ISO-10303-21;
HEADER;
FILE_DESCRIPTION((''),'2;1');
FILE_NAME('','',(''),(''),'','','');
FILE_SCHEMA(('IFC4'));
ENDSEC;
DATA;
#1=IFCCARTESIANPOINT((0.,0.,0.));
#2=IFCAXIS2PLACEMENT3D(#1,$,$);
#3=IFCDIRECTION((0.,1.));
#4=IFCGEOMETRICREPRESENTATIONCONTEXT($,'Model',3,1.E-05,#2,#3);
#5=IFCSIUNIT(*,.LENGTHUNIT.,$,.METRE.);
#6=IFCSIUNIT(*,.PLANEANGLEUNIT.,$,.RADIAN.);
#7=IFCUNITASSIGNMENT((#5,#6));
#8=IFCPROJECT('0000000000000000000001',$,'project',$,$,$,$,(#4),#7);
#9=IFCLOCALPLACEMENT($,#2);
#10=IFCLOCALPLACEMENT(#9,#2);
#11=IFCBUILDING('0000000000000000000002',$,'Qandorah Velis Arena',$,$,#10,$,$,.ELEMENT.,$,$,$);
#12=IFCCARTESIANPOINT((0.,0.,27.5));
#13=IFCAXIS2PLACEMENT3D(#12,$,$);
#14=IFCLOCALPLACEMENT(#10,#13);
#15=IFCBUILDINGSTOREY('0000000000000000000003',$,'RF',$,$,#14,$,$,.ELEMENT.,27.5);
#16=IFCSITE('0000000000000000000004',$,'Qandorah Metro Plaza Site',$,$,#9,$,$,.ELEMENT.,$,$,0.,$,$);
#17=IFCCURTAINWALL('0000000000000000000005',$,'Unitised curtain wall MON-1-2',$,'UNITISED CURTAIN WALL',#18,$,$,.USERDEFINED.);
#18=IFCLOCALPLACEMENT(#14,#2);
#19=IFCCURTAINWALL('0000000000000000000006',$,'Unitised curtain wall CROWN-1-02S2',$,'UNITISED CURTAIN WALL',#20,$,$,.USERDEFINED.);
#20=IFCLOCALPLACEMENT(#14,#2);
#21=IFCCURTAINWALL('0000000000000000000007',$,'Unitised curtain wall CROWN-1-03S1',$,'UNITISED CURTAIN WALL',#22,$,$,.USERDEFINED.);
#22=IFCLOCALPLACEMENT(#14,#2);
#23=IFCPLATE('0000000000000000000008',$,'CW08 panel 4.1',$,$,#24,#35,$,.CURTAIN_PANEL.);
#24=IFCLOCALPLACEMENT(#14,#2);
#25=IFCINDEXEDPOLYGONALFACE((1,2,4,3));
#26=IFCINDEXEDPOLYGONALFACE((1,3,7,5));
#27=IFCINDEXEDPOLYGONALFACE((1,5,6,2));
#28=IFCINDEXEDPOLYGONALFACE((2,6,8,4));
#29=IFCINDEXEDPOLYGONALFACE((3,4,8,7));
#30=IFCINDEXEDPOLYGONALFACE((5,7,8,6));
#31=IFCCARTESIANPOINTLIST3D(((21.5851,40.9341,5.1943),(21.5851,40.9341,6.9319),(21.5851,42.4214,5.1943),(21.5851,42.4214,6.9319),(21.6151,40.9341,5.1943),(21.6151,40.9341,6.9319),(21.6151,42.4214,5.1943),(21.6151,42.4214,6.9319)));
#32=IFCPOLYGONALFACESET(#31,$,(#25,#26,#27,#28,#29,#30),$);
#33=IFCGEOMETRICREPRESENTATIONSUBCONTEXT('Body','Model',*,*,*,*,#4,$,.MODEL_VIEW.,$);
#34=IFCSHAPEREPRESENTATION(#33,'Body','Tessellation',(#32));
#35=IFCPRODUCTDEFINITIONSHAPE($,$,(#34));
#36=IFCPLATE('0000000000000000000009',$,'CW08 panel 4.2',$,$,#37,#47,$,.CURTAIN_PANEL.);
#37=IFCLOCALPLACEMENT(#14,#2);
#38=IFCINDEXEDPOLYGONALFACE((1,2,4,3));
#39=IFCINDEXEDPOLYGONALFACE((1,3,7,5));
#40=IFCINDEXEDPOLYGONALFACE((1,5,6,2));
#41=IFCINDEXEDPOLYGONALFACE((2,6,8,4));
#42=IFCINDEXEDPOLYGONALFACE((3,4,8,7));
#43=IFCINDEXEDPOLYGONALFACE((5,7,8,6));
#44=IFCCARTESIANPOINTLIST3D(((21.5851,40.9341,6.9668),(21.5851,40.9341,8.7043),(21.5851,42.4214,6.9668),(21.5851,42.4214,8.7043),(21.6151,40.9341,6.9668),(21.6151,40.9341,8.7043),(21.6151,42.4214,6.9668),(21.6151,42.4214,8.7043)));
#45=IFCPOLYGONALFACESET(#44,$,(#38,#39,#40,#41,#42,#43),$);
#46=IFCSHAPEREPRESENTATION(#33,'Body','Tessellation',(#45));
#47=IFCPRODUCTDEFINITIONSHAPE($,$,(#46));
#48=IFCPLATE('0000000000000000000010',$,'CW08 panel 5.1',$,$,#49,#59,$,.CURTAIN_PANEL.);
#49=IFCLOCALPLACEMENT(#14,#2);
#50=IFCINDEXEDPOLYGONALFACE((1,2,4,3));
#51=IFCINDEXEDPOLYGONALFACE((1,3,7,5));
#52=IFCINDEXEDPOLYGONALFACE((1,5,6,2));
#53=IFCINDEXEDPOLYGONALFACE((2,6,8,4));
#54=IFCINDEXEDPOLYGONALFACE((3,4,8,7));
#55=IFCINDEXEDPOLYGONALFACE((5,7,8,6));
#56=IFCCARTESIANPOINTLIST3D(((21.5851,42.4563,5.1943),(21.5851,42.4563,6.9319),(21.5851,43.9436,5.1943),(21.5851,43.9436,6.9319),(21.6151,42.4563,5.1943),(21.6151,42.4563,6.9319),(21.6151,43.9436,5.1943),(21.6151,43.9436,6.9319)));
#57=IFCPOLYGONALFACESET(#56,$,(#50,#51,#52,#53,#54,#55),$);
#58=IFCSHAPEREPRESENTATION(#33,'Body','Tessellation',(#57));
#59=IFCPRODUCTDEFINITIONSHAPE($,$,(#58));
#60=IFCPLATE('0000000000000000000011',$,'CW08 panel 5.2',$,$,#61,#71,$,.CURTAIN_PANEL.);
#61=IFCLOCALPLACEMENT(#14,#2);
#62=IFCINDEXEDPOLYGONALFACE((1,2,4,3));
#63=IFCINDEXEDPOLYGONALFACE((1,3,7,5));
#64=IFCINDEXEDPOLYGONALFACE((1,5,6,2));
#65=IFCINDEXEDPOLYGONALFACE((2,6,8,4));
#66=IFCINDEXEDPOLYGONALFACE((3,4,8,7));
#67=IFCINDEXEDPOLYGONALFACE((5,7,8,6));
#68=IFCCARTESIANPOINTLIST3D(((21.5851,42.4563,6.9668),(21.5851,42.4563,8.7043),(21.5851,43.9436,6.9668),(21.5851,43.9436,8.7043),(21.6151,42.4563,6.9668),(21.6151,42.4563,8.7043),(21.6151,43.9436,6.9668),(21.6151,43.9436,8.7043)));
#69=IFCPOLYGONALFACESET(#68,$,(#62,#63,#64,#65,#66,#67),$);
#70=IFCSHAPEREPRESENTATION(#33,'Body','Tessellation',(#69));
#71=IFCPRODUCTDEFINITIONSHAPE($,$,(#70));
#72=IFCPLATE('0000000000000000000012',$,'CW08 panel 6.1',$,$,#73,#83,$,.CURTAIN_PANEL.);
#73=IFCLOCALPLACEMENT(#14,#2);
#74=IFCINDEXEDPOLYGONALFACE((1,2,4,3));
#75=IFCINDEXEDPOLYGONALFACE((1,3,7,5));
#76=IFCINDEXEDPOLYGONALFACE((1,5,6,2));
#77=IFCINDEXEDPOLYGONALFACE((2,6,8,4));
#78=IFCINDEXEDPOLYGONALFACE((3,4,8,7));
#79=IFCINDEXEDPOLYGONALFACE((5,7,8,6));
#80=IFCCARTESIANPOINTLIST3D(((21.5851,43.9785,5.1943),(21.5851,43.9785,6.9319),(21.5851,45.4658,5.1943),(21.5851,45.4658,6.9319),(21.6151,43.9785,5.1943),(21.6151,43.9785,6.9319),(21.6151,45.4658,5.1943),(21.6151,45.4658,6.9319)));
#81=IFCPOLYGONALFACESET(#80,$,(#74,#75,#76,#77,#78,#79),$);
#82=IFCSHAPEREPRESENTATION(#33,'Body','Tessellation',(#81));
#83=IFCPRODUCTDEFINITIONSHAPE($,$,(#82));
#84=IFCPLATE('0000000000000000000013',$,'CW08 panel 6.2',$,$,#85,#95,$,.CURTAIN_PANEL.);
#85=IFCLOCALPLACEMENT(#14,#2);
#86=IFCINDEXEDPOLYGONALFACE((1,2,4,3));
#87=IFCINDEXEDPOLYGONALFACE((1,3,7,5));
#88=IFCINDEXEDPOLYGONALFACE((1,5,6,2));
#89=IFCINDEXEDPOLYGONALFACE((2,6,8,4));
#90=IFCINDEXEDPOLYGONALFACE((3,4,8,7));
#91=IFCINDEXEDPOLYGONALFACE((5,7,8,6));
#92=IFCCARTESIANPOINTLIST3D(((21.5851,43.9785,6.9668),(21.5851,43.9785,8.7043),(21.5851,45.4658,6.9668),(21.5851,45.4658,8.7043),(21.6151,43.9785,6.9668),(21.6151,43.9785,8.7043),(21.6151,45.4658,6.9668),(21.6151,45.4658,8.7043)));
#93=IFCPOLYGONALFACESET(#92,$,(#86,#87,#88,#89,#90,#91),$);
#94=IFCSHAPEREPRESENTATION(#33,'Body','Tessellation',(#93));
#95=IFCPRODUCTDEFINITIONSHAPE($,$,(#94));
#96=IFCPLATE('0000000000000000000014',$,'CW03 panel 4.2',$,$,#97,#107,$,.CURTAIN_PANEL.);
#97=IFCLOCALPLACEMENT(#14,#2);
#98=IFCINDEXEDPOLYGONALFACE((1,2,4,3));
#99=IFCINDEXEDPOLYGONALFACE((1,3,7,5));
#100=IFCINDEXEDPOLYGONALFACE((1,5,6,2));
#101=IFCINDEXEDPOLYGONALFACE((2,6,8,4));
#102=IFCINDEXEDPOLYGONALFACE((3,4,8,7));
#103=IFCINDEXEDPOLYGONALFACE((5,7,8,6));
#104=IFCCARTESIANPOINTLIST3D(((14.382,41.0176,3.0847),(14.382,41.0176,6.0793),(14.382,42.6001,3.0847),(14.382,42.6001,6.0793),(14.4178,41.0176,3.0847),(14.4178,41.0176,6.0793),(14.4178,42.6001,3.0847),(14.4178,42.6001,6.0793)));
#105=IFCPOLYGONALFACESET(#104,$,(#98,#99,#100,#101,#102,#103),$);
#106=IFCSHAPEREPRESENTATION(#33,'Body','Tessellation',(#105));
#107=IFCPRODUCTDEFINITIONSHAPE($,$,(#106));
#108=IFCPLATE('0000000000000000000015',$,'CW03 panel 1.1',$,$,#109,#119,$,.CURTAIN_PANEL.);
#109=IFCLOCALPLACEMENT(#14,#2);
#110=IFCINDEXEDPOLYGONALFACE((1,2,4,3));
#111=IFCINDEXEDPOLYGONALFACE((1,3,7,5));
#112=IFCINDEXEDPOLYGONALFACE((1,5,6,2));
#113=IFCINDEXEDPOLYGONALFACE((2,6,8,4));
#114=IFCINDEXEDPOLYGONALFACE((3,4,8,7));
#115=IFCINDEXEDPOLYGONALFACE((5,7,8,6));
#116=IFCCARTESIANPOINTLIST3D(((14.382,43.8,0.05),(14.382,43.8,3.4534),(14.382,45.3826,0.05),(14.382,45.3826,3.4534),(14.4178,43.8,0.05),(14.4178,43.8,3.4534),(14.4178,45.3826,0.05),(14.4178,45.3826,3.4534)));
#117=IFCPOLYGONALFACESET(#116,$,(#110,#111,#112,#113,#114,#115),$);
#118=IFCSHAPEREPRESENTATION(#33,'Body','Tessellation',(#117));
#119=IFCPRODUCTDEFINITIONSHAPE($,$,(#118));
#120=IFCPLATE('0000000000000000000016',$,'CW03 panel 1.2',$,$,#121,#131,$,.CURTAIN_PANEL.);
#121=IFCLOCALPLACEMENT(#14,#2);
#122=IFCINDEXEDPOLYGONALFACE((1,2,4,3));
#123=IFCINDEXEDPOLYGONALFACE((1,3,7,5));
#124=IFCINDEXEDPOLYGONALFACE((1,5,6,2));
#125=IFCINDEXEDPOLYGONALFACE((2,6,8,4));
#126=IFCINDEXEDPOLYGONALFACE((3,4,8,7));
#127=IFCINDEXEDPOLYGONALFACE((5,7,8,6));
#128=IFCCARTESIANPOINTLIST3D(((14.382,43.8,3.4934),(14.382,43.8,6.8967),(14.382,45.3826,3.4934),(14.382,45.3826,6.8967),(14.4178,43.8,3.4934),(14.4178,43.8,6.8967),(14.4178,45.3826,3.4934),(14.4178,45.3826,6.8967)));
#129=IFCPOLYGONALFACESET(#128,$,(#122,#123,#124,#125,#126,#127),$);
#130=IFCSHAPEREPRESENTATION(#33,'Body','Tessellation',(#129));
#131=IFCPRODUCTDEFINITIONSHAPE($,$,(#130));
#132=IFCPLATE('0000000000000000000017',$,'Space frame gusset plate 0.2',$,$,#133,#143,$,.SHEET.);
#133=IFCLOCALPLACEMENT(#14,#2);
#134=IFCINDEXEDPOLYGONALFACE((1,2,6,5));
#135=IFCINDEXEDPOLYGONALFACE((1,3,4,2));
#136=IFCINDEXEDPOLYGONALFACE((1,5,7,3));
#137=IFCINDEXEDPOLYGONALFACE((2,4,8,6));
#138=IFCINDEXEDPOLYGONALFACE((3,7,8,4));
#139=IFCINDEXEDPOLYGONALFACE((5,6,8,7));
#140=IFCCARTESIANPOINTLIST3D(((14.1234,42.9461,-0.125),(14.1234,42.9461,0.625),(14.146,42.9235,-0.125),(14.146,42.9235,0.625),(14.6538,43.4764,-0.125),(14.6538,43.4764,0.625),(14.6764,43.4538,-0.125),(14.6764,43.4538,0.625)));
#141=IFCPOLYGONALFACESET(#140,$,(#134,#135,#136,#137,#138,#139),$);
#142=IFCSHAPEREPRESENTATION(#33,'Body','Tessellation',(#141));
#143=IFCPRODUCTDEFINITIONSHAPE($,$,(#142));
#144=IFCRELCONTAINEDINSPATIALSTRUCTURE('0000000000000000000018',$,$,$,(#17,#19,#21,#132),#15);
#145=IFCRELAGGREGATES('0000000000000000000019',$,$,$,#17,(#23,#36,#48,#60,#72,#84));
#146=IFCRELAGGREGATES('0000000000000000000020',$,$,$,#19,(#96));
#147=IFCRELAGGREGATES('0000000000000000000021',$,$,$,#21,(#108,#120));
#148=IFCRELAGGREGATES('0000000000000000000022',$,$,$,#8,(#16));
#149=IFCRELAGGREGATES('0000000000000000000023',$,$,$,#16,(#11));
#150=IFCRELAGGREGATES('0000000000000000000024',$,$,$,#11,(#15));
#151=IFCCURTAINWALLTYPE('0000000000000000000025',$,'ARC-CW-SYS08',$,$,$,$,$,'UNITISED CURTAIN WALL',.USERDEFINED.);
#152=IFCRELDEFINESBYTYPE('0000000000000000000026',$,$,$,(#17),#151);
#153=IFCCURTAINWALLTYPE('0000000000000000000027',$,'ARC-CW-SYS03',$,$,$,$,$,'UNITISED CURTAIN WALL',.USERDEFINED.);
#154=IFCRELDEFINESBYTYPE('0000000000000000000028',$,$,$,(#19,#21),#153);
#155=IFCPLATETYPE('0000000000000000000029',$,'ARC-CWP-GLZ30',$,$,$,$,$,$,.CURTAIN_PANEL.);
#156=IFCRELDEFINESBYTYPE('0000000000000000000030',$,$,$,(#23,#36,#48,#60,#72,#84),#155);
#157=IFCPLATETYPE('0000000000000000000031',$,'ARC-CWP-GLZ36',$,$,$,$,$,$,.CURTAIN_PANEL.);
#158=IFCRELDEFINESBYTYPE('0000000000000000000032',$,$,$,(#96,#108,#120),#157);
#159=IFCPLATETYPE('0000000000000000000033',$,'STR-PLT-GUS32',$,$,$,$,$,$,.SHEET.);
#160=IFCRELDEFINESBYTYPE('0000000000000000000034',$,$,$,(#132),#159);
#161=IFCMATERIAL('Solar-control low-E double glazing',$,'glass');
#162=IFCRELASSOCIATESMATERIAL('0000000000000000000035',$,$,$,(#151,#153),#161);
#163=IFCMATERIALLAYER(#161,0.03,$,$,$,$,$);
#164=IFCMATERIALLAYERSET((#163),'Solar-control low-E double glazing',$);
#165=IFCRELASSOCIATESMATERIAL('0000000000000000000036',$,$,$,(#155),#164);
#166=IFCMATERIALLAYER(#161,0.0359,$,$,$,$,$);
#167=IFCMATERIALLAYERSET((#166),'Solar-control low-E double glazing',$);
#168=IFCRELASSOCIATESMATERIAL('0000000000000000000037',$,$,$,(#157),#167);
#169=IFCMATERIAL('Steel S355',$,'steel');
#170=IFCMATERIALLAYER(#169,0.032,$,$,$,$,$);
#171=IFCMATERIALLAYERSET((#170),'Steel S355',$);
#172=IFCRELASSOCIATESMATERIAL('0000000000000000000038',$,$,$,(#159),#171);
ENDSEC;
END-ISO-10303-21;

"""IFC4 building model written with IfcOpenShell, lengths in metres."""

from ifc_helpers import new_model, si_unit, direction, frame, origin, origin_2d, place, context, subcontext, project, spatial, rectangle, extrude, material, layer, layer_set, type_object, element, aggregate, save


model = new_model("IFC4")

# Units and contexts
model_context = context("Model", 3, precision=1e-05, world=origin(), true_north=direction((0.0, 1.0)))
body_context = subcontext(model_context, "Body", "Model", "MODEL_VIEW")
ifc_project = project(units=[si_unit("LENGTHUNIT", "METRE"), si_unit("PLANEANGLEUNIT", "RADIAN")], contexts=[model_context])

# Site, building, storey
site_placement = place(None, origin())
site = spatial("IfcSite", under=ifc_project, at=site_placement, Name="Qandorah Metro Plaza Site", CompositionType="ELEMENT", RefElevation=0.0)
building_placement = place(site_placement, origin())
building = spatial("IfcBuilding", under=site, at=building_placement, Name="Qandorah Velis Arena", CompositionType="ELEMENT")
storey_placement = place(building_placement, frame((0.0, 0.0, 27.5)))
storey = spatial("IfcBuildingStorey", under=building, at=storey_placement, Name="RF", CompositionType="ELEMENT", Elevation=27.5)

# Curtain wall
ifc_material_1 = material(Name="Solar-control low-E double glazing", Category="glass")
curtain_wall_type_1 = type_object("IfcCurtainWallType", Name="ARC-CW-SYS08", ElementType="UNITISED CURTAIN WALL", PredefinedType="USERDEFINED", material=ifc_material_1)
curtain_wall_1_placement = place(storey_placement, origin())
curtain_wall_1 = element("IfcCurtainWall", 1, at=curtain_wall_1_placement, inside=storey, type_object=curtain_wall_type_1, Name="Unitised curtain wall MON-1-2", ObjectType="UNITISED CURTAIN WALL", PredefinedType="USERDEFINED")

# Curtain wall
curtain_wall_type_2 = type_object("IfcCurtainWallType", Name="ARC-CW-SYS03", ElementType="UNITISED CURTAIN WALL", PredefinedType="USERDEFINED", material=ifc_material_1)
curtain_wall_2_placement = place(storey_placement, origin())
curtain_wall_2 = element("IfcCurtainWall", 2, at=curtain_wall_2_placement, inside=storey, type_object=curtain_wall_type_2, Name="Unitised curtain wall CROWN-1-02S2", ObjectType="UNITISED CURTAIN WALL", PredefinedType="USERDEFINED")

# Curtain wall
curtain_wall_3_placement = place(storey_placement, origin())
curtain_wall_3 = element("IfcCurtainWall", 3, at=curtain_wall_3_placement, inside=storey, type_object=curtain_wall_type_2, Name="Unitised curtain wall CROWN-1-03S1", ObjectType="UNITISED CURTAIN WALL", PredefinedType="USERDEFINED")

# Shared definitions
ifc_material_2 = material(Name="Steel S355", Category="steel")

# Plates
ifc_layer_1 = layer(ifc_material_1, 0.03)
ifc_layer_set_1 = layer_set([ifc_layer_1], Name="Solar-control low-E double glazing")
plate_type_1 = type_object("IfcPlateType", Name="ARC-CWP-GLZ30", PredefinedType="CURTAIN_PANEL", material=ifc_layer_set_1)
plate_1_placement = place(storey_placement, frame((21.6001, 41.6777, 5.1943), z_axis=(0.0, 0.0, 1.0), x_axis=(0.0, 1.0, 0.0)))
plate_1 = element("IfcPlate", 4, at=plate_1_placement, type_object=plate_type_1, Name="CW08 panel 4.1", PredefinedType="CURTAIN_PANEL", context=body_context, shape_type="SweptSolid", body=[
    extrude(rectangle(XDim=1.4873, YDim=0.03, at=origin_2d()), origin(), (0.0, 0.0, 1.0), 1.7375),
])
plate_2_placement = place(storey_placement, frame((21.6001, 41.6777, 6.9668), z_axis=(0.0, 0.0, 1.0), x_axis=(0.0, 1.0, 0.0)))
plate_2 = element("IfcPlate", 5, at=plate_2_placement, type_object=plate_type_1, Name="CW08 panel 4.2", PredefinedType="CURTAIN_PANEL", context=body_context, shape_type="SweptSolid", body=[
    extrude(rectangle(XDim=1.4873, YDim=0.03, at=origin_2d()), origin(), (0.0, 0.0, 1.0), 1.7375),
])
plate_3_placement = place(storey_placement, frame((21.6001, 43.2, 5.1943), z_axis=(0.0, 0.0, 1.0), x_axis=(0.0, 1.0, 0.0)))
plate_3 = element("IfcPlate", 6, at=plate_3_placement, type_object=plate_type_1, Name="CW08 panel 5.1", PredefinedType="CURTAIN_PANEL", context=body_context, shape_type="SweptSolid", body=[
    extrude(rectangle(XDim=1.4873, YDim=0.03, at=origin_2d()), origin(), (0.0, 0.0, 1.0), 1.7375),
])
plate_4_placement = place(storey_placement, frame((21.6001, 43.2, 6.9668), z_axis=(0.0, 0.0, 1.0), x_axis=(0.0, 1.0, 0.0)))
plate_4 = element("IfcPlate", 7, at=plate_4_placement, type_object=plate_type_1, Name="CW08 panel 5.2", PredefinedType="CURTAIN_PANEL", context=body_context, shape_type="SweptSolid", body=[
    extrude(rectangle(XDim=1.4873, YDim=0.03, at=origin_2d()), origin(), (0.0, 0.0, 1.0), 1.7375),
])
plate_5_placement = place(storey_placement, frame((21.6001, 44.7222, 5.1943), z_axis=(0.0, 0.0, 1.0), x_axis=(0.0, 1.0, 0.0)))
plate_5 = element("IfcPlate", 8, at=plate_5_placement, type_object=plate_type_1, Name="CW08 panel 6.1", PredefinedType="CURTAIN_PANEL", context=body_context, shape_type="SweptSolid", body=[
    extrude(rectangle(XDim=1.4873, YDim=0.03, at=origin_2d()), origin(), (0.0, 0.0, 1.0), 1.7375),
])
plate_6_placement = place(storey_placement, frame((21.6001, 44.7222, 6.9668), z_axis=(0.0, 0.0, 1.0), x_axis=(0.0, 1.0, 0.0)))
plate_6 = element("IfcPlate", 9, at=plate_6_placement, type_object=plate_type_1, Name="CW08 panel 6.2", PredefinedType="CURTAIN_PANEL", context=body_context, shape_type="SweptSolid", body=[
    extrude(rectangle(XDim=1.4873, YDim=0.03, at=origin_2d()), origin(), (0.0, 0.0, 1.0), 1.7375),
])
aggregate(curtain_wall_1, [plate_1, plate_2, plate_3, plate_4, plate_5, plate_6])
ifc_layer_2 = layer(ifc_material_1, 0.0359)
ifc_layer_set_2 = layer_set([ifc_layer_2], Name="Solar-control low-E double glazing")
plate_type_2 = type_object("IfcPlateType", Name="ARC-CWP-GLZ36", PredefinedType="CURTAIN_PANEL", material=ifc_layer_set_2)
plate_7_placement = place(storey_placement, frame((14.3999, 41.8088, 3.0847), z_axis=(0.0, 0.0, 1.0), x_axis=(0.0, 1.0, 0.0)))
plate_7 = element("IfcPlate", 10, at=plate_7_placement, type_object=plate_type_2, Name="CW03 panel 4.2", PredefinedType="CURTAIN_PANEL", context=body_context, shape_type="SweptSolid", body=[
    extrude(rectangle(XDim=1.5825, YDim=0.0359, at=origin_2d()), origin(), (0.0, 0.0, 1.0), 2.9946),
])
aggregate(curtain_wall_2, [plate_7])
plate_8_placement = place(storey_placement, frame((14.3999, 44.5913, 0.05), z_axis=(0.0, 0.0, 1.0), x_axis=(0.0, 1.0, 0.0)))
plate_8 = element("IfcPlate", 11, at=plate_8_placement, type_object=plate_type_2, Name="CW03 panel 1.1", PredefinedType="CURTAIN_PANEL", context=body_context, shape_type="SweptSolid", body=[
    extrude(rectangle(XDim=1.5825, YDim=0.0359, at=origin_2d()), origin(), (0.0, 0.0, 1.0), 3.4033),
])
plate_9_placement = place(storey_placement, frame((14.3999, 44.5913, 3.4934), z_axis=(0.0, 0.0, 1.0), x_axis=(0.0, 1.0, 0.0)))
plate_9 = element("IfcPlate", 12, at=plate_9_placement, type_object=plate_type_2, Name="CW03 panel 1.2", PredefinedType="CURTAIN_PANEL", context=body_context, shape_type="SweptSolid", body=[
    extrude(rectangle(XDim=1.5825, YDim=0.0359, at=origin_2d()), origin(), (0.0, 0.0, 1.0), 3.4033),
])
aggregate(curtain_wall_3, [plate_8, plate_9])
ifc_layer_3 = layer(ifc_material_2, 0.032)
ifc_layer_set_3 = layer_set([ifc_layer_3], Name="Steel S355")
plate_type_3 = type_object("IfcPlateType", Name="STR-PLT-GUS32", PredefinedType="SHEET", material=ifc_layer_set_3)
plate_10_placement = place(storey_placement, frame((14.3999, 43.2, -0.125), z_axis=(0.0, 0.0, 1.0), x_axis=(0.707107, 0.707107, 0.0)))
element("IfcPlate", 13, at=plate_10_placement, inside=storey, type_object=plate_type_3, Name="Space frame gusset plate 0.2", PredefinedType="SHEET", context=body_context, shape_type="SweptSolid", body=[
    extrude(rectangle(XDim=0.75, YDim=0.032, at=origin_2d()), origin(), (0.0, 0.0, 1.0), 0.75),
])

save(model, "model.ifc")
